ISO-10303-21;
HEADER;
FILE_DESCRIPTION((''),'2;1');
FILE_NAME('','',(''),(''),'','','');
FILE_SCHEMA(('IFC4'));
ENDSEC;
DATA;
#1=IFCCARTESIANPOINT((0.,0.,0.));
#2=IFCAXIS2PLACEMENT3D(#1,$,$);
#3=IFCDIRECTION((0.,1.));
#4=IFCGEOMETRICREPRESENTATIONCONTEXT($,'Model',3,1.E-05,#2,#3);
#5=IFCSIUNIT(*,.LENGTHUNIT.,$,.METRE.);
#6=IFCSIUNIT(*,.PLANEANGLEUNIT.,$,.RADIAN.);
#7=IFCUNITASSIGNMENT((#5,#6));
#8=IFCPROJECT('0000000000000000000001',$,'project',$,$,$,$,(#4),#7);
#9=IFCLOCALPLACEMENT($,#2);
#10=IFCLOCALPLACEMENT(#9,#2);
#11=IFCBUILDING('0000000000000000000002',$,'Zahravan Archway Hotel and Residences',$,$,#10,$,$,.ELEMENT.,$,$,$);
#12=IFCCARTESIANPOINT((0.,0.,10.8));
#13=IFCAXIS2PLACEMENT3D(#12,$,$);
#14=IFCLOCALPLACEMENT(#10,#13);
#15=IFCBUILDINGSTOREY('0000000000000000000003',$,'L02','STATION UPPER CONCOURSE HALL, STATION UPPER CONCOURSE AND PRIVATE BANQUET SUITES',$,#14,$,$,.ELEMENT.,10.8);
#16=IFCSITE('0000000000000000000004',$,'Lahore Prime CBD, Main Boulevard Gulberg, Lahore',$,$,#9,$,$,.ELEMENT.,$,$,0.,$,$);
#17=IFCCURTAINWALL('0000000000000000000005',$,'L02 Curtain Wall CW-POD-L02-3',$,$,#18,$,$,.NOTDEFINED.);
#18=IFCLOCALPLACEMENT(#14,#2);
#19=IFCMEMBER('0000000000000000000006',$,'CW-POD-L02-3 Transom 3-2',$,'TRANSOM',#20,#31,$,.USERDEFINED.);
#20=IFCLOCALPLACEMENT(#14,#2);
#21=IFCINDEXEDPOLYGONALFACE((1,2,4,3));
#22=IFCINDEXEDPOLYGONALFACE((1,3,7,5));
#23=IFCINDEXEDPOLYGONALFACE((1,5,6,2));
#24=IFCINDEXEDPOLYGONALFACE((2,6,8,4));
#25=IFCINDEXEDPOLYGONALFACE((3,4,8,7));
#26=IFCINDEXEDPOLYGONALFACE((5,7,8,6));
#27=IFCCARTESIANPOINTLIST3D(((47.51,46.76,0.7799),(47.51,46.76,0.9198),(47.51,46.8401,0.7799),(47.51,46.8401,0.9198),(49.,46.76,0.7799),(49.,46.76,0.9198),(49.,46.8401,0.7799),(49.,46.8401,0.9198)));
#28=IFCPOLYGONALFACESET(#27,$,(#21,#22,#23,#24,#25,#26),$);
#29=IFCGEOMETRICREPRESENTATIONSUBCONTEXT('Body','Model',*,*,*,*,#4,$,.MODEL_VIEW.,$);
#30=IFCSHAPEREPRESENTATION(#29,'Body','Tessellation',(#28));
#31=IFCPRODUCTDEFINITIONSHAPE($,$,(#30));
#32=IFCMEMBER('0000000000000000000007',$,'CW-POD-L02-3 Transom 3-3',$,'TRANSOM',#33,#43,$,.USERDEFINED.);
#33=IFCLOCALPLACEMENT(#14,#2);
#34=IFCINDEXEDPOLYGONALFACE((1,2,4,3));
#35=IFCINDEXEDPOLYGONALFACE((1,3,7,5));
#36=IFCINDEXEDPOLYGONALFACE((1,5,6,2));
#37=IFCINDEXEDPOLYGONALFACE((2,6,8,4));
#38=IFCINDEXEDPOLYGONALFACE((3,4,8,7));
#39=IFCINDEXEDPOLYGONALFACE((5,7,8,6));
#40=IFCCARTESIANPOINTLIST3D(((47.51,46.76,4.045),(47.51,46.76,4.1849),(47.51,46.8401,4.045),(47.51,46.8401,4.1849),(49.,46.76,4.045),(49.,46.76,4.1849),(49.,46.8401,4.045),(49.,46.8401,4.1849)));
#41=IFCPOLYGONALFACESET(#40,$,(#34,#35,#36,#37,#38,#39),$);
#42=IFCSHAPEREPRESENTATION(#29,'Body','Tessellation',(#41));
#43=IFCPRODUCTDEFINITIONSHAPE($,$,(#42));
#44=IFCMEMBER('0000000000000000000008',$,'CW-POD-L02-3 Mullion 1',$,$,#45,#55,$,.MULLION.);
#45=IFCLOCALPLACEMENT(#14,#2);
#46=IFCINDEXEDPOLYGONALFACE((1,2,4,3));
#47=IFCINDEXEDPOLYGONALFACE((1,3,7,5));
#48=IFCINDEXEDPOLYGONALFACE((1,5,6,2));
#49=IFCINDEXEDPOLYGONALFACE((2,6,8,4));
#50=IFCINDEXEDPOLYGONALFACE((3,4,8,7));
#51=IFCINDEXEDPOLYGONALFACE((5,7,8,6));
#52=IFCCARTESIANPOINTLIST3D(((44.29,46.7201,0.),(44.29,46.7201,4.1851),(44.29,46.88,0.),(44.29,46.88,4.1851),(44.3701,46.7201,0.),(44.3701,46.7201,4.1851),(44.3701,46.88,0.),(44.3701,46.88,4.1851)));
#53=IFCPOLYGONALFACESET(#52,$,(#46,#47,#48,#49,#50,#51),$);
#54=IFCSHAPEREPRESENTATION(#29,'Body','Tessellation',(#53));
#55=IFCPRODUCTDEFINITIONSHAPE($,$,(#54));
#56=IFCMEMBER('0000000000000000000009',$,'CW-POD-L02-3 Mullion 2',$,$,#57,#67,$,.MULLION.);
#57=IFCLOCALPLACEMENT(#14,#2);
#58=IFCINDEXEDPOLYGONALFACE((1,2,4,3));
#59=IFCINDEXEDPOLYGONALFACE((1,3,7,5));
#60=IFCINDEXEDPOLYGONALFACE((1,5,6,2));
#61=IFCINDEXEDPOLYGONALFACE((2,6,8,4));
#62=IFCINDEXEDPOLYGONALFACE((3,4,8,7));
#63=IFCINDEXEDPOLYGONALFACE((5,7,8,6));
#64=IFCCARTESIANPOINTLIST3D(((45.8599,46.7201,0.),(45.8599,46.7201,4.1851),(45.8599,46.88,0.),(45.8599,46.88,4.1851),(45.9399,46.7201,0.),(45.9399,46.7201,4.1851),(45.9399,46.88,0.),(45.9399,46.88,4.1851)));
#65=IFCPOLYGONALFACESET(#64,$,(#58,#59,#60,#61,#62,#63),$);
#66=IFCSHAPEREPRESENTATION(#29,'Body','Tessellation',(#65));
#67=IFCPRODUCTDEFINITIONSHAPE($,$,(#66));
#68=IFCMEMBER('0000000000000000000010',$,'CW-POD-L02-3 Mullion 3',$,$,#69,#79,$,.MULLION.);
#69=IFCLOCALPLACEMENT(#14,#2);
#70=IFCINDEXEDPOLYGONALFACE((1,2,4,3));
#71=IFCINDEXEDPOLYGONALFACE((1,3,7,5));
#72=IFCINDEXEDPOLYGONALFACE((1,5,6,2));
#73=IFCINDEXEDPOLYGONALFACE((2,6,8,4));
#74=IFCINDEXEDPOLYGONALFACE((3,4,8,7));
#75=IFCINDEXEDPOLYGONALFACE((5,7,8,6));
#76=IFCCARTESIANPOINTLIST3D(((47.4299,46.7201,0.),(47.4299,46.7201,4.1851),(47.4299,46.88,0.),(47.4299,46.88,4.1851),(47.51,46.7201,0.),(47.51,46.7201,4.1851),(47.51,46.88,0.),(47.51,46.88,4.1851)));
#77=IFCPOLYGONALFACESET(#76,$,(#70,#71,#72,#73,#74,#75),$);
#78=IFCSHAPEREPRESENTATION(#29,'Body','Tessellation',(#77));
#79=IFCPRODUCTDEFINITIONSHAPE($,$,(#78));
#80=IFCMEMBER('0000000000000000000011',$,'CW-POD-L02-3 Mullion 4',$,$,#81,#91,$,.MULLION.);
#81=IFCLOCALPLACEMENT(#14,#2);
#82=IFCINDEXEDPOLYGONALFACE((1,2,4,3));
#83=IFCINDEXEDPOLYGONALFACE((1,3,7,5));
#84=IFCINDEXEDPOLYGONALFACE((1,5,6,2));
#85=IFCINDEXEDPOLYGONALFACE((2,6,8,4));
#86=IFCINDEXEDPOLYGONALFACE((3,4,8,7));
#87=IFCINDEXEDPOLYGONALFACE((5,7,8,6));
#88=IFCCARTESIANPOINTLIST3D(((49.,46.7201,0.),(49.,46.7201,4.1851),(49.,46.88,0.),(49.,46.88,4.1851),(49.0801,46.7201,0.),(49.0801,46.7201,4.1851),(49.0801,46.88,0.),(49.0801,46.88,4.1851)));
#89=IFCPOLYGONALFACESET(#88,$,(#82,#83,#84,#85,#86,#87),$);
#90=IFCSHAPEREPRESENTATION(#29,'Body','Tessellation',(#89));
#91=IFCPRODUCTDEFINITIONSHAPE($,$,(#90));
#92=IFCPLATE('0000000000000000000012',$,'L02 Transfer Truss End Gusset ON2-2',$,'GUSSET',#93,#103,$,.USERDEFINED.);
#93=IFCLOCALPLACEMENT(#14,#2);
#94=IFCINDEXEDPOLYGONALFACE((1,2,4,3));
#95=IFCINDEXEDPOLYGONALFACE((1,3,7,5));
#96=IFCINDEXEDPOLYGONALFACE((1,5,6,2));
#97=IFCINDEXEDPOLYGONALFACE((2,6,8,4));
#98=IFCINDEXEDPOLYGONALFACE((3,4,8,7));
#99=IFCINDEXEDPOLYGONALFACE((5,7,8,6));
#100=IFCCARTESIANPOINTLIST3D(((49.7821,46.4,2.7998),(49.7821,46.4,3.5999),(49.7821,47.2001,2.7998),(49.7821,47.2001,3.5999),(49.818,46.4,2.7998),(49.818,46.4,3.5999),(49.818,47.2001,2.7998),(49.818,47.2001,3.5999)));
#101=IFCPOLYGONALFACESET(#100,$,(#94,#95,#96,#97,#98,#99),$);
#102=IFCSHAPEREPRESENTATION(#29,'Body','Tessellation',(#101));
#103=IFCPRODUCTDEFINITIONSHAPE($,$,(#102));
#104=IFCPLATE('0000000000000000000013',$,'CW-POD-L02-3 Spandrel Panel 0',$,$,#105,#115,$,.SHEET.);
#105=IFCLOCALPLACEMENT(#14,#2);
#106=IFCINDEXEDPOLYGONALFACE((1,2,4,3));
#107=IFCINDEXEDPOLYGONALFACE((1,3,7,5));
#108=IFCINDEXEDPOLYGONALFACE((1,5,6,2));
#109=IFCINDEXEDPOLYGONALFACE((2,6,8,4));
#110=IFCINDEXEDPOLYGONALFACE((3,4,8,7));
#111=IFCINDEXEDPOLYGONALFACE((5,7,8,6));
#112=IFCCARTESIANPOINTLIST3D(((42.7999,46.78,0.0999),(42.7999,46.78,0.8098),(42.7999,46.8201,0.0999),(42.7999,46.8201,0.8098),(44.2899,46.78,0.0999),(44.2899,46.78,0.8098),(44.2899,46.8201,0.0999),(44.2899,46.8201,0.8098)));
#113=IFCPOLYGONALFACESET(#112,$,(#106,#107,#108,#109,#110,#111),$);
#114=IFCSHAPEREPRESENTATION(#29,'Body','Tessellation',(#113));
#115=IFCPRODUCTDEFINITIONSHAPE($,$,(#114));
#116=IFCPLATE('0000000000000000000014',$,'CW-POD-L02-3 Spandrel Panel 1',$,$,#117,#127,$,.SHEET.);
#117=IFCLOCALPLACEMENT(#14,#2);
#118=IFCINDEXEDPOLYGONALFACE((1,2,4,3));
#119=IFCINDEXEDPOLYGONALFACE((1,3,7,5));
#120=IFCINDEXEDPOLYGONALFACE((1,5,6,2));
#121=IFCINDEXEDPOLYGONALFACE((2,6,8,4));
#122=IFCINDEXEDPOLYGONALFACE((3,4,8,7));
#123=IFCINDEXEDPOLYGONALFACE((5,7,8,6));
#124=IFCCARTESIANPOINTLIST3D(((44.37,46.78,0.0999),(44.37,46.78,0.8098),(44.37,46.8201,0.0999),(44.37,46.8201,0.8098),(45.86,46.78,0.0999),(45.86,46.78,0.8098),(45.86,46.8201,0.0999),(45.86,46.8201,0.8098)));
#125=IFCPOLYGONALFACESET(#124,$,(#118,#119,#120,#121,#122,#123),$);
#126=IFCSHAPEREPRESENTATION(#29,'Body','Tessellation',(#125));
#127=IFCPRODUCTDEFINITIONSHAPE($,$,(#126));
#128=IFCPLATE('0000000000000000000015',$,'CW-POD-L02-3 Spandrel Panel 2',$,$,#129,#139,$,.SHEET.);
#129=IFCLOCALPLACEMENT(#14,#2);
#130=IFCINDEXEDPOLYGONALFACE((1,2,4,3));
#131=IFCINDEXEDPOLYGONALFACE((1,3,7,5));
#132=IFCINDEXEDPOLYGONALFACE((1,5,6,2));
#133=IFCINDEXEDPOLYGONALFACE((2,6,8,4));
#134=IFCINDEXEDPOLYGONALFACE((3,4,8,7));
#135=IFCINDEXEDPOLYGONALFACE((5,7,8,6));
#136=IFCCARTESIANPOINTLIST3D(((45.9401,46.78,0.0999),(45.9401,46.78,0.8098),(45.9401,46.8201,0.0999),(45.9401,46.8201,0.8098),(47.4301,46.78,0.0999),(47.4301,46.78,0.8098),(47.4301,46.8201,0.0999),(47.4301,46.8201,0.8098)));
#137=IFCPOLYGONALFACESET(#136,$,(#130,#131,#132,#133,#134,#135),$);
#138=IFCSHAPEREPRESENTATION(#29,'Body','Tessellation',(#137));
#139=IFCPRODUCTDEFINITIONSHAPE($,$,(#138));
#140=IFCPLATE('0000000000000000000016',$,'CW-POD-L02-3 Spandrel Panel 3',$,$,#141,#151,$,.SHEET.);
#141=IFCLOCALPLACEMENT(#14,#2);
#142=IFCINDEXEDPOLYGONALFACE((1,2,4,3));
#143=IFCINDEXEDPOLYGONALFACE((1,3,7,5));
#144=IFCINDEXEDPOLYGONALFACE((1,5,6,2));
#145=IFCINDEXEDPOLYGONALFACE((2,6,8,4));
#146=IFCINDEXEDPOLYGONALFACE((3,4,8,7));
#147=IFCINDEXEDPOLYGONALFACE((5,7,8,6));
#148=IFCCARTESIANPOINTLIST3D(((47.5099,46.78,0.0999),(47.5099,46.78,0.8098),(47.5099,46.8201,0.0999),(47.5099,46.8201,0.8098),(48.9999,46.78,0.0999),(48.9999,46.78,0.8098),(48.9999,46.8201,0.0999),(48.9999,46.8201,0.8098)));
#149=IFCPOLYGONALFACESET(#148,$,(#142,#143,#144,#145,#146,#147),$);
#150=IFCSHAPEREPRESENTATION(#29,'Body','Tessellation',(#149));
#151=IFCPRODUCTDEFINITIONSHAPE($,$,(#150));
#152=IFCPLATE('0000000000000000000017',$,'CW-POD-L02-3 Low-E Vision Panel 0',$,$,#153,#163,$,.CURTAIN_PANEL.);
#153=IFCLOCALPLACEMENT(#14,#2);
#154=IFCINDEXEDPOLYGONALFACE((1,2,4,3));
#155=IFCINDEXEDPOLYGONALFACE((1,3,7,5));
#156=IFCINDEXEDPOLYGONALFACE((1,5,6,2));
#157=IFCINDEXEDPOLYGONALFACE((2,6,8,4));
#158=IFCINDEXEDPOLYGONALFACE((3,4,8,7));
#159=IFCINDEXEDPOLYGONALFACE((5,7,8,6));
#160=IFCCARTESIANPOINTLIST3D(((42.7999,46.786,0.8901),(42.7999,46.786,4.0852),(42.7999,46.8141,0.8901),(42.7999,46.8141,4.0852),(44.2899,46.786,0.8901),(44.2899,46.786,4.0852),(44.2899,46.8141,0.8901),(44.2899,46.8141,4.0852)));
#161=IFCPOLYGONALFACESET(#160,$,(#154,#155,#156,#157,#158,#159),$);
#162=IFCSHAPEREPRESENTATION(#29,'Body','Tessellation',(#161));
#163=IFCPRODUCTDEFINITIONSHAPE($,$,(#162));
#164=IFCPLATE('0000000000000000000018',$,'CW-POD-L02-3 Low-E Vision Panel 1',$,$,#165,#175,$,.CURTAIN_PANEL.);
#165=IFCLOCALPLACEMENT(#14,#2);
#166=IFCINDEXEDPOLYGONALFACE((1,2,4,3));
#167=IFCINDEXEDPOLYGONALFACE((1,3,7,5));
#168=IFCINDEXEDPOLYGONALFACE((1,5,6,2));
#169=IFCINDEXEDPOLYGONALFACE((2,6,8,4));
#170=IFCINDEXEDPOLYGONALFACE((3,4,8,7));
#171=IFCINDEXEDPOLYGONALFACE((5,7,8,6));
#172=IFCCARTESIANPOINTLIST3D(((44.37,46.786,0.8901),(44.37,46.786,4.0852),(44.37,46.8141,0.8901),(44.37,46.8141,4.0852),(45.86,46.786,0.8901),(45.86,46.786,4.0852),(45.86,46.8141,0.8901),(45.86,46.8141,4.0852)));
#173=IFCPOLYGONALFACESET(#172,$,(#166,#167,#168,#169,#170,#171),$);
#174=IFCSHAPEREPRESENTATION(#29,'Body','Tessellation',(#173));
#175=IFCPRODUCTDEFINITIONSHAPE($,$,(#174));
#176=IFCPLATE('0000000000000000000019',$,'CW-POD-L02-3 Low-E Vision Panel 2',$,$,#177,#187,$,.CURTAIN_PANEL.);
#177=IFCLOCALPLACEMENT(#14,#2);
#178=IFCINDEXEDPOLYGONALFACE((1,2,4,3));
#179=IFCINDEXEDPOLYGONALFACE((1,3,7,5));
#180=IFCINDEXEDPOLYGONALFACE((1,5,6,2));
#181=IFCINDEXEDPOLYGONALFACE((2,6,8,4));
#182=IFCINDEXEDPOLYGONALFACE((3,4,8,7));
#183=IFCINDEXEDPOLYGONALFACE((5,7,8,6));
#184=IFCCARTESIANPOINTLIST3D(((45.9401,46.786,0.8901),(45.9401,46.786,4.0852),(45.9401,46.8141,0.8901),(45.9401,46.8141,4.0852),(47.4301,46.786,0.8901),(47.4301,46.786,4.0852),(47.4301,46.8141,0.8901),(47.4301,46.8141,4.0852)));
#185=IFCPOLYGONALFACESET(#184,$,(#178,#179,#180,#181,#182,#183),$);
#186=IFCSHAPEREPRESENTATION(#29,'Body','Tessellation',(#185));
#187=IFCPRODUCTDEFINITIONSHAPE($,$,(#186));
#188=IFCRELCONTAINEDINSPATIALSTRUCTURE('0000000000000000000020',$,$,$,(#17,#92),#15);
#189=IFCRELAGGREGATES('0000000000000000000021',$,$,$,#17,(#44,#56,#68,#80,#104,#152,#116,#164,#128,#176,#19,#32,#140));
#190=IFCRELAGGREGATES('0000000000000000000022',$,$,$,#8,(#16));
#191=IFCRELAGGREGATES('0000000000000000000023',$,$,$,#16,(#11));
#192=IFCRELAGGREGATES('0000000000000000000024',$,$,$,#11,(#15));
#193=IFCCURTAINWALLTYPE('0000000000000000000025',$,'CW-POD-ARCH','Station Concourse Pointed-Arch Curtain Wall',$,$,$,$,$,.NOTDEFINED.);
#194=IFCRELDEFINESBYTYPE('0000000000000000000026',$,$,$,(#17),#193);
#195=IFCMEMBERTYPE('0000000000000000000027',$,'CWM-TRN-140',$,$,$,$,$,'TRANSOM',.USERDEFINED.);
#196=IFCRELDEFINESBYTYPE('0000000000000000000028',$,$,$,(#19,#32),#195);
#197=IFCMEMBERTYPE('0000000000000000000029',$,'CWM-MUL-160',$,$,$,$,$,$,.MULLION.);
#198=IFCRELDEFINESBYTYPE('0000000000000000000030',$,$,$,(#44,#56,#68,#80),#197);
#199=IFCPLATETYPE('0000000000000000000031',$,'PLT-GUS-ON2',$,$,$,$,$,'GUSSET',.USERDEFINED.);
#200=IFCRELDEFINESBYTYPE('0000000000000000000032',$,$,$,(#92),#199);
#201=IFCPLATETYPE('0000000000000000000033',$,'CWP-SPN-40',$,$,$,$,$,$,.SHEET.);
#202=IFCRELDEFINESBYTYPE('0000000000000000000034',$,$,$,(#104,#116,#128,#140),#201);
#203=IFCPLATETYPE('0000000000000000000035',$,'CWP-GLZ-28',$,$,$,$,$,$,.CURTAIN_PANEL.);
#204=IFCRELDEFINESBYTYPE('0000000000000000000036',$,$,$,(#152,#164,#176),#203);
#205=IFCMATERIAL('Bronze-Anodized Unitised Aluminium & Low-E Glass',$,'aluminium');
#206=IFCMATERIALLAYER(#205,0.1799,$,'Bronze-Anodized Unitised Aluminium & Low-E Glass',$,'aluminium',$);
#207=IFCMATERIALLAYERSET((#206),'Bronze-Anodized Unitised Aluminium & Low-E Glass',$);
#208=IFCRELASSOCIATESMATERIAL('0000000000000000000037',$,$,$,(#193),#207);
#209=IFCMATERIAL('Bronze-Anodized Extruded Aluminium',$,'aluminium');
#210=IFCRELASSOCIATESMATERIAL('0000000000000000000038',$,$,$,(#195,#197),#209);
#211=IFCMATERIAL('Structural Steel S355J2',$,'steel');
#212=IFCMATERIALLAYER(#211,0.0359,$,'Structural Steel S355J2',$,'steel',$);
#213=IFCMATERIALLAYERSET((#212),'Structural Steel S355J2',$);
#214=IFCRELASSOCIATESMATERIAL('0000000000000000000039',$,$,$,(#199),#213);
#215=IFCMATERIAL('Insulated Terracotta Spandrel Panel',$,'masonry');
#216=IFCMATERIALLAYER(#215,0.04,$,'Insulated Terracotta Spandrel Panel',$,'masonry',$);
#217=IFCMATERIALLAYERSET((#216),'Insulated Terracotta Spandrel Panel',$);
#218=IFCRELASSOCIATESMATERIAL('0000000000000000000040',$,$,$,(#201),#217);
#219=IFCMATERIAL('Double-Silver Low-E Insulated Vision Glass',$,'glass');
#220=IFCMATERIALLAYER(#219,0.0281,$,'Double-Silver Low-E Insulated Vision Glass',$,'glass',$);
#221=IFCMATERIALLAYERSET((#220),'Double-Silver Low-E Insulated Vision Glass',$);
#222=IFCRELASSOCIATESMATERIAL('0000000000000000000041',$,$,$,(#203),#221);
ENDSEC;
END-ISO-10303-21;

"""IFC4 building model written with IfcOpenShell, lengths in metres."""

from ifc_helpers import new_model, si_unit, direction, frame, origin, origin_2d, place, context, subcontext, project, spatial, rectangle, extrude, source, transform, mapped, material, layer, layer_set, material_profile, profile_set, type_object, type_shapes, element, aggregate, save


model = new_model("IFC4")

# Units and contexts
model_context = context("Model", 3, precision=1e-05, world=origin(), true_north=direction((0.0, 1.0)))
body_context = subcontext(model_context, "Body", "Model", "MODEL_VIEW")
ifc_project = project(units=[si_unit("LENGTHUNIT", "METRE"), si_unit("PLANEANGLEUNIT", "RADIAN")], contexts=[model_context])

# Site, building, storey
site_placement = place(None, origin())
site = spatial("IfcSite", under=ifc_project, at=site_placement, Name="Lahore Prime CBD, Main Boulevard Gulberg, Lahore", CompositionType="ELEMENT", RefElevation=0.0)
building_placement = place(site_placement, origin())
building = spatial("IfcBuilding", under=site, at=building_placement, Name="Zahravan Archway Hotel and Residences", CompositionType="ELEMENT")
storey_placement = place(building_placement, frame((0.0, 0.0, 10.8)))
storey = spatial("IfcBuildingStorey", under=building, at=storey_placement, Name="L02", Description="STATION UPPER CONCOURSE HALL, STATION UPPER CONCOURSE AND PRIVATE BANQUET SUITES", CompositionType="ELEMENT", Elevation=10.8)

# Shared definitions
ifc_material_1 = material(Name="Structural Steel S355J2", Category="steel")

# Curtain wall, members
ifc_material_2 = material(Name="Bronze-Anodized Unitised Aluminium & Low-E Glass", Category="aluminium")
ifc_layer_1 = layer(ifc_material_2, 0.1799, Name="Bronze-Anodized Unitised Aluminium & Low-E Glass", Category="aluminium")
ifc_layer_set_1 = layer_set([ifc_layer_1], Name="Bronze-Anodized Unitised Aluminium & Low-E Glass")
curtain_wall_type = type_object("IfcCurtainWallType", Name="CW-POD-ARCH", Description="Station Concourse Pointed-Arch Curtain Wall", PredefinedType="NOTDEFINED", material=ifc_layer_set_1)
curtain_wall_placement = place(storey_placement, origin())
curtain_wall = element("IfcCurtainWall", 1, at=curtain_wall_placement, inside=storey, type_object=curtain_wall_type, Name="L02 Curtain Wall CW-POD-L02-3", PredefinedType="NOTDEFINED")
ifc_material_3 = material(Name="Bronze-Anodized Extruded Aluminium", Category="aluminium")
ifc_material_profile_1 = material_profile(ifc_material_3, rectangle(XDim=0.0801, YDim=0.1399, at=origin_2d()), Name="TRN 80x140", Category="aluminium")
ifc_profile_set_1 = profile_set([ifc_material_profile_1], Name="Bronze-Anodized Extruded Aluminium")
member_type_1 = type_object("IfcMemberType", Name="CWM-TRN-140", ElementType="TRANSOM", PredefinedType="USERDEFINED", material=ifc_profile_set_1)
shared_shape_1 = source(origin(), body_context, "Body", "SweptSolid", [
    extrude(rectangle(XDim=0.0801, YDim=0.1399, at=origin_2d()), origin(), (0.0, 0.0, 1.0), 1.49),
])
member_1_placement = place(storey_placement, frame((47.51, 46.8, 0.8499), z_axis=(1.0, 0.0, 0.0), x_axis=(0.0, 1.0, 0.0)))
member_1 = element("IfcMember", 2, at=member_1_placement, type_object=member_type_1, Name="CW-POD-L02-3 Transom 3-2", ObjectType="TRANSOM", PredefinedType="USERDEFINED", context=body_context, shape_type="MappedRepresentation", body=[
    mapped(shared_shape_1, transform((0.0, 0.0, 0.0), scale=1.0)),
])
member_2_placement = place(storey_placement, frame((47.51, 46.8, 4.115), z_axis=(1.0, 0.0, 0.0), x_axis=(0.0, 1.0, 0.0)))
member_2 = element("IfcMember", 3, at=member_2_placement, type_object=member_type_1, Name="CW-POD-L02-3 Transom 3-3", ObjectType="TRANSOM", PredefinedType="USERDEFINED", context=body_context, shape_type="MappedRepresentation", body=[
    mapped(shared_shape_1, transform((0.0, 0.0, 0.0), scale=1.0)),
])
ifc_material_profile_2 = material_profile(ifc_material_3, rectangle(XDim=0.0801, YDim=0.1599, at=origin_2d()), Name="MUL 80x160", Category="aluminium")
ifc_profile_set_2 = profile_set([ifc_material_profile_2], Name="Bronze-Anodized Extruded Aluminium")
member_type_2 = type_object("IfcMemberType", Name="CWM-MUL-160", PredefinedType="MULLION", material=ifc_profile_set_2)
shared_shape_2 = source(origin(), body_context, "Body", "SweptSolid", [
    extrude(rectangle(XDim=0.0801, YDim=0.1599, at=origin_2d()), origin(), (0.0, 0.0, 1.0), 4.1851),
])
member_3_placement = place(storey_placement, frame((44.3301, 46.8, 0.0), z_axis=(0.0, 0.0, 1.0), x_axis=(1.0, 0.0, 0.0)))
member_3 = element("IfcMember", 4, at=member_3_placement, type_object=member_type_2, Name="CW-POD-L02-3 Mullion 1", PredefinedType="MULLION", context=body_context, shape_type="MappedRepresentation", body=[
    mapped(shared_shape_2, transform((0.0, 0.0, 0.0), scale=1.0)),
])
member_4_placement = place(storey_placement, frame((45.8999, 46.8, 0.0), z_axis=(0.0, 0.0, 1.0), x_axis=(1.0, 0.0, 0.0)))
member_4 = element("IfcMember", 5, at=member_4_placement, type_object=member_type_2, Name="CW-POD-L02-3 Mullion 2", PredefinedType="MULLION", context=body_context, shape_type="MappedRepresentation", body=[
    mapped(shared_shape_2, transform((0.0, 0.0, 0.0), scale=1.0)),
])
member_5_placement = place(storey_placement, frame((47.47, 46.8, 0.0), z_axis=(0.0, 0.0, 1.0), x_axis=(1.0, 0.0, 0.0)))
member_5 = element("IfcMember", 6, at=member_5_placement, type_object=member_type_2, Name="CW-POD-L02-3 Mullion 3", PredefinedType="MULLION", context=body_context, shape_type="MappedRepresentation", body=[
    mapped(shared_shape_2, transform((0.0, 0.0, 0.0), scale=1.0)),
])
member_6_placement = place(storey_placement, frame((49.04, 46.8, 0.0), z_axis=(0.0, 0.0, 1.0), x_axis=(1.0, 0.0, 0.0)))
member_6 = element("IfcMember", 7, at=member_6_placement, type_object=member_type_2, Name="CW-POD-L02-3 Mullion 4", PredefinedType="MULLION", context=body_context, shape_type="MappedRepresentation", body=[
    mapped(shared_shape_2, transform((0.0, 0.0, 0.0), scale=1.0)),
])

# Plates
ifc_layer_2 = layer(ifc_material_1, 0.0359, Name="Structural Steel S355J2", Category="steel")
ifc_layer_set_2 = layer_set([ifc_layer_2], Name="Structural Steel S355J2")
plate_type_1 = type_object("IfcPlateType", Name="PLT-GUS-ON2", ElementType="GUSSET", PredefinedType="USERDEFINED", material=ifc_layer_set_2)
shared_shape_3 = source(origin(), body_context, "Body", "SweptSolid", [
    extrude(rectangle(XDim=0.8, YDim=0.0359, at=origin_2d()), origin(), (0.0, 0.0, 1.0), 0.8),
])
type_shapes(plate_type_1, [shared_shape_3])
plate_1_placement = place(storey_placement, frame((49.8, 46.8, 2.7998), z_axis=(0.0, 0.0, 1.0), x_axis=(0.0, 1.0, 0.0)))
element("IfcPlate", 8, at=plate_1_placement, inside=storey, type_object=plate_type_1, Name="L02 Transfer Truss End Gusset ON2-2", ObjectType="GUSSET", PredefinedType="USERDEFINED", context=body_context, shape_type="MappedRepresentation", body=[
    mapped(shared_shape_3, transform((0.0, 0.0, 0.0), scale=1.0)),
])
ifc_material_4 = material(Name="Insulated Terracotta Spandrel Panel", Category="masonry")
ifc_layer_3 = layer(ifc_material_4, 0.04, Name="Insulated Terracotta Spandrel Panel", Category="masonry")
ifc_layer_set_3 = layer_set([ifc_layer_3], Name="Insulated Terracotta Spandrel Panel")
plate_type_2 = type_object("IfcPlateType", Name="CWP-SPN-40", PredefinedType="SHEET", material=ifc_layer_set_3)
shared_shape_4 = source(origin(), body_context, "Body", "SweptSolid", [
    extrude(rectangle(XDim=1.49, YDim=0.04, at=origin_2d()), origin(), (0.0, 0.0, 1.0), 0.71),
])
plate_2_placement = place(storey_placement, frame((43.5449, 46.8, 0.0999), z_axis=(0.0, 0.0, 1.0), x_axis=(1.0, 0.0, 0.0)))
plate_2 = element("IfcPlate", 9, at=plate_2_placement, type_object=plate_type_2, Name="CW-POD-L02-3 Spandrel Panel 0", PredefinedType="SHEET", context=body_context, shape_type="MappedRepresentation", body=[
    mapped(shared_shape_4, transform((0.0, 0.0, 0.0), scale=1.0)),
])
plate_3_placement = place(storey_placement, frame((45.115, 46.8, 0.0999), z_axis=(0.0, 0.0, 1.0), x_axis=(1.0, 0.0, 0.0)))
plate_3 = element("IfcPlate", 10, at=plate_3_placement, type_object=plate_type_2, Name="CW-POD-L02-3 Spandrel Panel 1", PredefinedType="SHEET", context=body_context, shape_type="MappedRepresentation", body=[
    mapped(shared_shape_4, transform((0.0, 0.0, 0.0), scale=1.0)),
])
plate_4_placement = place(storey_placement, frame((46.6851, 46.8, 0.0999), z_axis=(0.0, 0.0, 1.0), x_axis=(1.0, 0.0, 0.0)))
plate_4 = element("IfcPlate", 11, at=plate_4_placement, type_object=plate_type_2, Name="CW-POD-L02-3 Spandrel Panel 2", PredefinedType="SHEET", context=body_context, shape_type="MappedRepresentation", body=[
    mapped(shared_shape_4, transform((0.0, 0.0, 0.0), scale=1.0)),
])
plate_5_placement = place(storey_placement, frame((48.2549, 46.8, 0.0999), z_axis=(0.0, 0.0, 1.0), x_axis=(1.0, 0.0, 0.0)))
plate_5 = element("IfcPlate", 12, at=plate_5_placement, type_object=plate_type_2, Name="CW-POD-L02-3 Spandrel Panel 3", PredefinedType="SHEET", context=body_context, shape_type="MappedRepresentation", body=[
    mapped(shared_shape_4, transform((0.0, 0.0, 0.0), scale=1.0)),
])
ifc_material_5 = material(Name="Double-Silver Low-E Insulated Vision Glass", Category="glass")
ifc_layer_4 = layer(ifc_material_5, 0.0281, Name="Double-Silver Low-E Insulated Vision Glass", Category="glass")
ifc_layer_set_4 = layer_set([ifc_layer_4], Name="Double-Silver Low-E Insulated Vision Glass")
plate_type_3 = type_object("IfcPlateType", Name="CWP-GLZ-28", PredefinedType="CURTAIN_PANEL", material=ifc_layer_set_4)
shared_shape_5 = source(origin(), body_context, "Body", "SweptSolid", [
    extrude(rectangle(XDim=1.49, YDim=0.0281, at=origin_2d()), origin(), (0.0, 0.0, 1.0), 3.1951),
])
plate_6_placement = place(storey_placement, frame((43.5449, 46.8, 0.8901), z_axis=(0.0, 0.0, 1.0), x_axis=(1.0, 0.0, 0.0)))
plate_6 = element("IfcPlate", 13, at=plate_6_placement, type_object=plate_type_3, Name="CW-POD-L02-3 Low-E Vision Panel 0", PredefinedType="CURTAIN_PANEL", context=body_context, shape_type="MappedRepresentation", body=[
    mapped(shared_shape_5, transform((0.0, 0.0, 0.0), scale=1.0)),
])
plate_7_placement = place(storey_placement, frame((45.115, 46.8, 0.8901), z_axis=(0.0, 0.0, 1.0), x_axis=(1.0, 0.0, 0.0)))
plate_7 = element("IfcPlate", 14, at=plate_7_placement, type_object=plate_type_3, Name="CW-POD-L02-3 Low-E Vision Panel 1", PredefinedType="CURTAIN_PANEL", context=body_context, shape_type="MappedRepresentation", body=[
    mapped(shared_shape_5, transform((0.0, 0.0, 0.0), scale=1.0)),
])
plate_8_placement = place(storey_placement, frame((46.6851, 46.8, 0.8901), z_axis=(0.0, 0.0, 1.0), x_axis=(1.0, 0.0, 0.0)))
plate_8 = element("IfcPlate", 15, at=plate_8_placement, type_object=plate_type_3, Name="CW-POD-L02-3 Low-E Vision Panel 2", PredefinedType="CURTAIN_PANEL", context=body_context, shape_type="MappedRepresentation", body=[
    mapped(shared_shape_5, transform((0.0, 0.0, 0.0), scale=1.0)),
])
aggregate(curtain_wall, [member_3, member_4, member_5, member_6, plate_2, plate_6, plate_3, plate_7, plate_4, plate_8, member_1, member_2, plate_5])

save(model, "model.ifc")
